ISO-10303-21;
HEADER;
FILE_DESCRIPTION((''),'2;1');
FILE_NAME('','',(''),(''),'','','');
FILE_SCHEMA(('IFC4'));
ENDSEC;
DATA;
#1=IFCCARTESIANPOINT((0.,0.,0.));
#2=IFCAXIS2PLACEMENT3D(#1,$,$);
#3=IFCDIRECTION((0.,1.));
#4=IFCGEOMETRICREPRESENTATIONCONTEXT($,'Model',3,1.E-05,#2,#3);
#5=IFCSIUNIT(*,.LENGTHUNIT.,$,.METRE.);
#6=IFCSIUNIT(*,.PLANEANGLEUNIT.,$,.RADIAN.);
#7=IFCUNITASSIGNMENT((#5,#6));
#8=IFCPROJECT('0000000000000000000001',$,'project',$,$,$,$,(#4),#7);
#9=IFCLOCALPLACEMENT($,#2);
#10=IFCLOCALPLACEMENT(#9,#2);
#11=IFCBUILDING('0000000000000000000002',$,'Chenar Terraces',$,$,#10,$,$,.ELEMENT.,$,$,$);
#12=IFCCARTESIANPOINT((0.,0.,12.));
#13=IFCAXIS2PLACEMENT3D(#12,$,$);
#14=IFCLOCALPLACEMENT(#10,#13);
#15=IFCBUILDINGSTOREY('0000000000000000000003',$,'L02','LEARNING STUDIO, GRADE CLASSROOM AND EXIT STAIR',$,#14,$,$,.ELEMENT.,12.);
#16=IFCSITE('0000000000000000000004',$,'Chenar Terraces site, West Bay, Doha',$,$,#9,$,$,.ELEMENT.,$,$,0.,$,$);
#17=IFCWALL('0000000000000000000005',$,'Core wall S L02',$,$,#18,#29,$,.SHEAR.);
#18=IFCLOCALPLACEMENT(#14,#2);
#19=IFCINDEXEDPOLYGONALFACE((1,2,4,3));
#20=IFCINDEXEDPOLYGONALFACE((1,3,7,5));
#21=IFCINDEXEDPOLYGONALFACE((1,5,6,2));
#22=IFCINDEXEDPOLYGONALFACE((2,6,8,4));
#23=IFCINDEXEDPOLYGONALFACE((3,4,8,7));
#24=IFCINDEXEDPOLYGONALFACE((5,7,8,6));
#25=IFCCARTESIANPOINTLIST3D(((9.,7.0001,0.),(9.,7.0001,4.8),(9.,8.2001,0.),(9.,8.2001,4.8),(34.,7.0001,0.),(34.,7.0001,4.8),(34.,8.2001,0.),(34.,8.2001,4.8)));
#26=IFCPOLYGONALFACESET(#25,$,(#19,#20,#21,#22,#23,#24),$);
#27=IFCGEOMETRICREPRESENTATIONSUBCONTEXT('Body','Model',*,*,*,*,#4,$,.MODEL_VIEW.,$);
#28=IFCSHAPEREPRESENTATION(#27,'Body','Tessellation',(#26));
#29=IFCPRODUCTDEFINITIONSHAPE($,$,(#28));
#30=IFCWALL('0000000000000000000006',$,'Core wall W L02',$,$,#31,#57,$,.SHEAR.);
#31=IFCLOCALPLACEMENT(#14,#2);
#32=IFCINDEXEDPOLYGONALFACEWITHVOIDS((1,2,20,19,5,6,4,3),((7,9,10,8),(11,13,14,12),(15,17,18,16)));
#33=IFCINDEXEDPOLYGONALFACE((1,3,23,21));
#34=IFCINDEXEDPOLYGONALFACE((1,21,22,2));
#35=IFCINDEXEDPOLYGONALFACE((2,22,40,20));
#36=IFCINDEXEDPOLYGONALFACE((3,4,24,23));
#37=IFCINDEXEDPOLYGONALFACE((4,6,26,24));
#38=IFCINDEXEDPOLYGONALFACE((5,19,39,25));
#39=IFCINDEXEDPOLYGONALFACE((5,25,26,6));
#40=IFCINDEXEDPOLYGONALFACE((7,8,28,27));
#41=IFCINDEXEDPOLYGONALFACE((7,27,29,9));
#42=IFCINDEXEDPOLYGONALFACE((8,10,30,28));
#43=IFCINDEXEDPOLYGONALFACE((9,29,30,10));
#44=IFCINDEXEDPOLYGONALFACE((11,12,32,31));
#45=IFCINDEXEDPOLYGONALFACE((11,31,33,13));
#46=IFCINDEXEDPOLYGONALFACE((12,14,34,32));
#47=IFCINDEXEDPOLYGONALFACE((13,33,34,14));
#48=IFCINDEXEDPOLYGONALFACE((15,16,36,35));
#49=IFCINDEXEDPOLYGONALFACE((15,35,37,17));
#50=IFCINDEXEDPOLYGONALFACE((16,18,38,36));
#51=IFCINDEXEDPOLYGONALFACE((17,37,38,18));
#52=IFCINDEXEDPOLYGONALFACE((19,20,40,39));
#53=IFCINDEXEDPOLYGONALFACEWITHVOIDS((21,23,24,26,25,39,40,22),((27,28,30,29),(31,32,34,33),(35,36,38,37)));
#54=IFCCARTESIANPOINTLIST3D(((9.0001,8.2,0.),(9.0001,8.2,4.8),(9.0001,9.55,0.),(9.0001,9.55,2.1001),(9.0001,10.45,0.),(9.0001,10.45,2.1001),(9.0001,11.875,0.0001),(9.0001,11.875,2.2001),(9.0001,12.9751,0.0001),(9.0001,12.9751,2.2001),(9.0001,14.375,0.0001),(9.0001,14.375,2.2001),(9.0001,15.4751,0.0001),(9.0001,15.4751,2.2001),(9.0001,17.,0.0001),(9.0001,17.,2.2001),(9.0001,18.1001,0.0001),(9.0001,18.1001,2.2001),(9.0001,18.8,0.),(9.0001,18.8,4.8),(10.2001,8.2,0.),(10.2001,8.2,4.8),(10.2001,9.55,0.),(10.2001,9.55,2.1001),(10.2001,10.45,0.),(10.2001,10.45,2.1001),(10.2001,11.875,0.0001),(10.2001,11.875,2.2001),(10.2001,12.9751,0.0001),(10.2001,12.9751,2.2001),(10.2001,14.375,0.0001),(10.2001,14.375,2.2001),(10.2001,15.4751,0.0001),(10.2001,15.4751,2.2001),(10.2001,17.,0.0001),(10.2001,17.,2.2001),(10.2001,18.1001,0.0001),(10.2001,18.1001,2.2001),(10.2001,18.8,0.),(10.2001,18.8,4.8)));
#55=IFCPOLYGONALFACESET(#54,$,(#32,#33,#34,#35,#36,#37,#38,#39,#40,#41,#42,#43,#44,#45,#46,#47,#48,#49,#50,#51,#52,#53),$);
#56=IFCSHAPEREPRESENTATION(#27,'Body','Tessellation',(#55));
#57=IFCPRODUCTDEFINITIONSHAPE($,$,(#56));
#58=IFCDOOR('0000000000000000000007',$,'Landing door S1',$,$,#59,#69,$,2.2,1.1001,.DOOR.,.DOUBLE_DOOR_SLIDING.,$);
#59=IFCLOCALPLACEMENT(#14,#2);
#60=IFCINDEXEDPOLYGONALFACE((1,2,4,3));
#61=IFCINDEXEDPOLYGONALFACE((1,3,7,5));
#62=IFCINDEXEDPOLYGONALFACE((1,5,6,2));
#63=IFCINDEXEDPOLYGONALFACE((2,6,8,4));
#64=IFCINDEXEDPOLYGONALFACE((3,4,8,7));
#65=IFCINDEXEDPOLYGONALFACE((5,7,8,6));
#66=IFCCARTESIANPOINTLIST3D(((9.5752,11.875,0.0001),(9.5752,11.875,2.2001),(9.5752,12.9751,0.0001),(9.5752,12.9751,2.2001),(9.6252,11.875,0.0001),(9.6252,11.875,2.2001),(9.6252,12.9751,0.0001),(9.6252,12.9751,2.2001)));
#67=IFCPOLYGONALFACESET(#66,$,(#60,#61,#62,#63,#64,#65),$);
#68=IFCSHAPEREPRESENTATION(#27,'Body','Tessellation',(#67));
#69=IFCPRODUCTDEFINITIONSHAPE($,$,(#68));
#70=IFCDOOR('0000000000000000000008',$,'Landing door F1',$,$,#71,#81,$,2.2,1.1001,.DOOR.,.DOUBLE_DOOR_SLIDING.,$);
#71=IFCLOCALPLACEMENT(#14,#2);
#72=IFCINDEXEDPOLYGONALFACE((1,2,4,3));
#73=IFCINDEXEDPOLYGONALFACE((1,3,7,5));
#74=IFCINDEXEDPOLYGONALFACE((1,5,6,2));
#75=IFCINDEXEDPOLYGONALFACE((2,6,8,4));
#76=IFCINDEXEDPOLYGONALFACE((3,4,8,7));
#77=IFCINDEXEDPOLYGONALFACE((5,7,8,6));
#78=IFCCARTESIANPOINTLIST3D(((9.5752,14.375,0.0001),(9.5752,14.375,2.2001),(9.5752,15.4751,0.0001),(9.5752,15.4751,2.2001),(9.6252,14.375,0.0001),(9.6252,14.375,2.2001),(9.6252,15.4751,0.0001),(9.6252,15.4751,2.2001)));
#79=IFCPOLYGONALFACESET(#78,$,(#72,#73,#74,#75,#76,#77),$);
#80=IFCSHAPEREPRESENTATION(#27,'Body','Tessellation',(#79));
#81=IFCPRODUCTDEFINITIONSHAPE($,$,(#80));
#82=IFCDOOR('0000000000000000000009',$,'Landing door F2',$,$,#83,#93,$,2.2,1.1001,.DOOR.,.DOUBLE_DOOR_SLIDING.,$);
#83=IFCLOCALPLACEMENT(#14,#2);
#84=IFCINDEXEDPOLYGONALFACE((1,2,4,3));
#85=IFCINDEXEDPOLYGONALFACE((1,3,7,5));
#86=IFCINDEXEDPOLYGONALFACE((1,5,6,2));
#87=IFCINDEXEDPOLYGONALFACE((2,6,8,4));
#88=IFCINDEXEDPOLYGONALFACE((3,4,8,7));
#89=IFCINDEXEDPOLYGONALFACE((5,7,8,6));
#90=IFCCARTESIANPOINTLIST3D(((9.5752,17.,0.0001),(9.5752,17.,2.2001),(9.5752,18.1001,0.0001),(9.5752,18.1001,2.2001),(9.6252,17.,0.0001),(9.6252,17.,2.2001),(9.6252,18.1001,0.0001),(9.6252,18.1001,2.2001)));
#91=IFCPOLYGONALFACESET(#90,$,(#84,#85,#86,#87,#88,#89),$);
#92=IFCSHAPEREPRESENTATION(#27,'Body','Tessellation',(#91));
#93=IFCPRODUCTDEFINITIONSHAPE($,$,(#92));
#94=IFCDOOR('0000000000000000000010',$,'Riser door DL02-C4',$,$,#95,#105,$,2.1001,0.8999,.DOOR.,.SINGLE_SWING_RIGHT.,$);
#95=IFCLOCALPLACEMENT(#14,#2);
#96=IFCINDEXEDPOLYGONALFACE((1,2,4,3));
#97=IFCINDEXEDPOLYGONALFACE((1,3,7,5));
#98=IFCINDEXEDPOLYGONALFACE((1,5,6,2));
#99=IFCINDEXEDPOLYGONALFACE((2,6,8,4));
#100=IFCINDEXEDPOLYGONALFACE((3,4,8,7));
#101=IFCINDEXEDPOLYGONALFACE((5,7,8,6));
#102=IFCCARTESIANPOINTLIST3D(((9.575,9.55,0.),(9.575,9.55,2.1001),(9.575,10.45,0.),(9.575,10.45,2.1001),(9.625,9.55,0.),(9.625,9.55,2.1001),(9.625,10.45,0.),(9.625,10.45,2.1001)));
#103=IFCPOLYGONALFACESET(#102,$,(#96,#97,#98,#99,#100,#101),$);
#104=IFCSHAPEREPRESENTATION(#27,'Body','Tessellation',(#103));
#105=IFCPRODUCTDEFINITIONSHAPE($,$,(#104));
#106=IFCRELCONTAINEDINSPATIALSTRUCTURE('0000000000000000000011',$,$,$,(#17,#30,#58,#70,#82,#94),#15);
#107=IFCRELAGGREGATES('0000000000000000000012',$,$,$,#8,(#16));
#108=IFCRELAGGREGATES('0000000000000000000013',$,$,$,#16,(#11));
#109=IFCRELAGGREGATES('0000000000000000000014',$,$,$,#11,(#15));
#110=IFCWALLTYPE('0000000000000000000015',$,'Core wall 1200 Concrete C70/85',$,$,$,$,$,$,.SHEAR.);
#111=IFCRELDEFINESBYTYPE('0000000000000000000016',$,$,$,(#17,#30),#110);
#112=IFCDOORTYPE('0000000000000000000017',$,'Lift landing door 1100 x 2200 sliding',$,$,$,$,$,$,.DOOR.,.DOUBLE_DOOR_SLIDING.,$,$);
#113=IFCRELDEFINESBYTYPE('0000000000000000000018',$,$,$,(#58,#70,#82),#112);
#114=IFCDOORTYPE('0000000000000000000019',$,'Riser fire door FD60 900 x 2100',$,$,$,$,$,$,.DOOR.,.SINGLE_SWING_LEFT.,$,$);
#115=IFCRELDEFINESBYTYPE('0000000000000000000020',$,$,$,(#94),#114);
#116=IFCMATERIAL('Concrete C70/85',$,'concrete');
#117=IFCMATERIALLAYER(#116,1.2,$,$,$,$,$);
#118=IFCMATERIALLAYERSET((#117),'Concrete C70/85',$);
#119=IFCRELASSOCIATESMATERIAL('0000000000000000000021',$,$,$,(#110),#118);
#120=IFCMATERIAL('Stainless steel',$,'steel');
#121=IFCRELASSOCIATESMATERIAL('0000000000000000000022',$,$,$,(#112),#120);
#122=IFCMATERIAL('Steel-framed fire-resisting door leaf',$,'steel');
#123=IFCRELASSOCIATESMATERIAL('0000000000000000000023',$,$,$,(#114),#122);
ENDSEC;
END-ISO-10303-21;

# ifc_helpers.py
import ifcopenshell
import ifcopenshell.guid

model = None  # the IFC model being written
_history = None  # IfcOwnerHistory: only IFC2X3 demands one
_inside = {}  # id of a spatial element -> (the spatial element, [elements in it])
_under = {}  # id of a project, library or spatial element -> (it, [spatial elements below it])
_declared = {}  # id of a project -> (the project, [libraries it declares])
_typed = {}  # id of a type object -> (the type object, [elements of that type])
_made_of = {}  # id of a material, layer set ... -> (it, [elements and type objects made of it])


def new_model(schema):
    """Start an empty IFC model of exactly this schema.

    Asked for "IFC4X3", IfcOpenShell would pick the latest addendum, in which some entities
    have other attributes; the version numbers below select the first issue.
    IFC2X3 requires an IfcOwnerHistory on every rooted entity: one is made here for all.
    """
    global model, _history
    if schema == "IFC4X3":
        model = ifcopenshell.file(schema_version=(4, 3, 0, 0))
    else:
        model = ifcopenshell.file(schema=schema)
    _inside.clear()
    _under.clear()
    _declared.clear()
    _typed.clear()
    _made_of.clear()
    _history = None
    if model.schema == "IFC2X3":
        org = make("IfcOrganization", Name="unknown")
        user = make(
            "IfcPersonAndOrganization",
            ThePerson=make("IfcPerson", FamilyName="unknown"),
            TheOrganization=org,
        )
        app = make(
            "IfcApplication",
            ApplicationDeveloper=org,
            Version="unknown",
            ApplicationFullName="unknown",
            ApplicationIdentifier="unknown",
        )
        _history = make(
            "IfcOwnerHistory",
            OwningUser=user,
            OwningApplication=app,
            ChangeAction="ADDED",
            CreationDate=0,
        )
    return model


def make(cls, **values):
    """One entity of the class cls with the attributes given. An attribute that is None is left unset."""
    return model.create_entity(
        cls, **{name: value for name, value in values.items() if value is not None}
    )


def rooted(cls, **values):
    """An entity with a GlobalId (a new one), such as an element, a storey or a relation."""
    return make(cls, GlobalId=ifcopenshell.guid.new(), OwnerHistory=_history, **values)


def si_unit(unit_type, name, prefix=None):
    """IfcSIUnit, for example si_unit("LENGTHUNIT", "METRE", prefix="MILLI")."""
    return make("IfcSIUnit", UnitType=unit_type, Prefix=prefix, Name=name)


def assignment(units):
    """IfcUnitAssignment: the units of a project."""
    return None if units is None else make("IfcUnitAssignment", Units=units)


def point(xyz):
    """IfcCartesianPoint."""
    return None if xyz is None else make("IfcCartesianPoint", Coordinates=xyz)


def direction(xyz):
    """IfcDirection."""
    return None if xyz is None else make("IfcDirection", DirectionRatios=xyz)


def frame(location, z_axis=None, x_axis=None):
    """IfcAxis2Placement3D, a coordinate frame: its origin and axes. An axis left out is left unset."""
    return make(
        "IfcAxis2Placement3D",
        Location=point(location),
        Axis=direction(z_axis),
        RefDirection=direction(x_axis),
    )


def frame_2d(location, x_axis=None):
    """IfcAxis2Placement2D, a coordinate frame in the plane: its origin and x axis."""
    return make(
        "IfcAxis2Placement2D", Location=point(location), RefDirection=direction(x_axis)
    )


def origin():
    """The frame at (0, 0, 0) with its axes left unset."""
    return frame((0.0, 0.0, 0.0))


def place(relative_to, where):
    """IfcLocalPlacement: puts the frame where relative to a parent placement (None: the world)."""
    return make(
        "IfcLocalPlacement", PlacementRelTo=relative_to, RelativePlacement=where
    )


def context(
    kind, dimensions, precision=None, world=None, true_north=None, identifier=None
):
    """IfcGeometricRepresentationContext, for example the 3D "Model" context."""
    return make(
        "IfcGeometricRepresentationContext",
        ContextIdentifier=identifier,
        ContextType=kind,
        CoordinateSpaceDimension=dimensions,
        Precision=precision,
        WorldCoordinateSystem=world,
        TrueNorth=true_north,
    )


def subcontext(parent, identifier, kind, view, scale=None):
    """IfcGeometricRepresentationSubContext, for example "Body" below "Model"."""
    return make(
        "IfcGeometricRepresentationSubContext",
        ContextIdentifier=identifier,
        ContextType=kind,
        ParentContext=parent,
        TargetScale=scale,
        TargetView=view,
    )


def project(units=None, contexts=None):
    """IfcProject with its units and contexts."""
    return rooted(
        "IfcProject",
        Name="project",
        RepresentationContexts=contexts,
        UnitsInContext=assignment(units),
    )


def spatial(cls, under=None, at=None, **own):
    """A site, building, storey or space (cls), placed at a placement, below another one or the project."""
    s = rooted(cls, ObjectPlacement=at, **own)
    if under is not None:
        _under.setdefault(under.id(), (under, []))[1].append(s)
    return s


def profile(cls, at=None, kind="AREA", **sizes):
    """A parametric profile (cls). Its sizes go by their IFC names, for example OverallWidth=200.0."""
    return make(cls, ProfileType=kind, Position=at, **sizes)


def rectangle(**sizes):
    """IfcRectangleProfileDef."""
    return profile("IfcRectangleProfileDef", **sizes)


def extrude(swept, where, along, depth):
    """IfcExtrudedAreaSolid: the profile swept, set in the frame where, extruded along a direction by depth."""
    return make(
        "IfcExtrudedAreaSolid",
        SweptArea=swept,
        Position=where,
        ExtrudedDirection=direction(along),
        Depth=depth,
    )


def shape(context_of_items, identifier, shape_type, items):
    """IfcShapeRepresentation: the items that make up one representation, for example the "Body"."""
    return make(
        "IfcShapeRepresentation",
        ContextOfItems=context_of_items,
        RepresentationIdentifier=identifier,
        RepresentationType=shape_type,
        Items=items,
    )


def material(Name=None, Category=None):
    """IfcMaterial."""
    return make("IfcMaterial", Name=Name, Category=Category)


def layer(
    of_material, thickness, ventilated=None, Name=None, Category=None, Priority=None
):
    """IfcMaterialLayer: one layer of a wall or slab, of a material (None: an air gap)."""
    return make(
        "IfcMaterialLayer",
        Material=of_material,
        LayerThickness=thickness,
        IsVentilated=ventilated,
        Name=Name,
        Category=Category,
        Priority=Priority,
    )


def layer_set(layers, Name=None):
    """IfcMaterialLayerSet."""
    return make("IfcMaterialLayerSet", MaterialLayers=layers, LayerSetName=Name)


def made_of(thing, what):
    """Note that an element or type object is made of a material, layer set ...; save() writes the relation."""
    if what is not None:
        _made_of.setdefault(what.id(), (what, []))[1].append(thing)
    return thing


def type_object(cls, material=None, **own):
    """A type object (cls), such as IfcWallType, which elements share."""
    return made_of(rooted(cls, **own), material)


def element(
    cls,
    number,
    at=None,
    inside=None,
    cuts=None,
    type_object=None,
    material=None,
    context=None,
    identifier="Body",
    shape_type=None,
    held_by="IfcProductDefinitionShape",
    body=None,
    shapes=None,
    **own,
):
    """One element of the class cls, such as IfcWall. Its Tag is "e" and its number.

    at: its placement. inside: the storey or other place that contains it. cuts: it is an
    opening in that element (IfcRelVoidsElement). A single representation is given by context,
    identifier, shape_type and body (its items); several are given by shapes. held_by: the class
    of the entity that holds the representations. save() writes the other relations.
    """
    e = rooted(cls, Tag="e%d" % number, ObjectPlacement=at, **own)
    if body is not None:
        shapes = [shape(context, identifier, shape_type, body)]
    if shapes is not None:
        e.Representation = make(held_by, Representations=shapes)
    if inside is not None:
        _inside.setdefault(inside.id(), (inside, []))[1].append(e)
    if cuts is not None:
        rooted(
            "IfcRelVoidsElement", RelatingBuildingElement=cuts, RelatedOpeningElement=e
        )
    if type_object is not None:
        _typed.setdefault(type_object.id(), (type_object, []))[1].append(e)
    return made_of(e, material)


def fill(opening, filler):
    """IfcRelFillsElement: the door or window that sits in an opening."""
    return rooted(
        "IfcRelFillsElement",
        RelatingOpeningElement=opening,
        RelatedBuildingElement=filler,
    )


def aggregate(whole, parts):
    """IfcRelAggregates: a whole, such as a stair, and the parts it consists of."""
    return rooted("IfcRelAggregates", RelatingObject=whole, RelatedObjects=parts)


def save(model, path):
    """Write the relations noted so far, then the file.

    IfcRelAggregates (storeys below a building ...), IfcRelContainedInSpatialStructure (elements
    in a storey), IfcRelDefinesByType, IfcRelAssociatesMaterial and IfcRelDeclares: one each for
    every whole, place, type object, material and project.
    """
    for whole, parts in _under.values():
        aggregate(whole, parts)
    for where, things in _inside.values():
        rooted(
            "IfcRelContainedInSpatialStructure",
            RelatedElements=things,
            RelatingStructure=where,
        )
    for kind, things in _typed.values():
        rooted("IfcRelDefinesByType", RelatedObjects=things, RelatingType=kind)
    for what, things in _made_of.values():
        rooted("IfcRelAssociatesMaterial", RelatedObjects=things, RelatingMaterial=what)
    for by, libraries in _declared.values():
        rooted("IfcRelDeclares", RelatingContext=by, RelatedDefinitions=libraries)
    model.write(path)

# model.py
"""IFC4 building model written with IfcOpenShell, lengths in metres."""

from ifc_helpers import new_model, si_unit, direction, frame, frame_2d, origin, place, context, subcontext, project, spatial, rectangle, extrude, material, layer, layer_set, type_object, element, fill, save


model = new_model("IFC4")

# Units and contexts
model_context = context("Model", 3, precision=1e-05, world=origin(), true_north=direction((0.0, 1.0)))
body_context = subcontext(model_context, "Body", "Model", "MODEL_VIEW")
ifc_project = project(units=[si_unit("LENGTHUNIT", "METRE"), si_unit("PLANEANGLEUNIT", "RADIAN")], contexts=[model_context])

# Site, building, storey
site_placement = place(None, origin())
site = spatial("IfcSite", under=ifc_project, at=site_placement, Name="Chenar Terraces site, West Bay, Doha", CompositionType="ELEMENT", RefElevation=0.0)
building_placement = place(site_placement, origin())
building = spatial("IfcBuilding", under=site, at=building_placement, Name="Chenar Terraces", CompositionType="ELEMENT")
storey_placement = place(building_placement, frame((0.0, 0.0, 12.0)))
storey = spatial("IfcBuildingStorey", under=building, at=storey_placement, Name="L02", Description="LEARNING STUDIO, GRADE CLASSROOM AND EXIT STAIR", CompositionType="ELEMENT", Elevation=12.0)

# Wall
ifc_material_1 = material(Name="Concrete C70/85", Category="concrete")
ifc_layer_1 = layer(ifc_material_1, 1.2)
ifc_layer_set_1 = layer_set([ifc_layer_1], Name="Concrete C70/85")
wall_type_1 = type_object("IfcWallType", Name="Core wall 1200 Concrete C70/85", PredefinedType="SHEAR", material=ifc_layer_set_1)
wall_1_placement = place(storey_placement, frame((9.0, 7.6001, 0.0), z_axis=(0.0, 0.0, 1.0), x_axis=(1.0, 0.0, 0.0)))
element("IfcWall", 1, at=wall_1_placement, inside=storey, type_object=wall_type_1, Name="Core wall S L02", PredefinedType="SHEAR", context=body_context, shape_type="SweptSolid", body=[
    extrude(rectangle(XDim=25.0, YDim=1.2, at=frame_2d((12.5, 0.0))), origin(), (0.0, 0.0, 1.0), 4.8),
])

# Wall, openings, doors
wall_2_placement = place(storey_placement, frame((9.6001, 8.2, 0.0), z_axis=(0.0, 0.0, 1.0), x_axis=(0.0, 1.0, 0.0)))
wall_2 = element("IfcWall", 2, at=wall_2_placement, inside=storey, type_object=wall_type_1, Name="Core wall W L02", PredefinedType="SHEAR", context=body_context, shape_type="SweptSolid", body=[
    extrude(rectangle(XDim=10.6001, YDim=1.2, at=frame_2d((5.3, 0.0))), origin(), (0.0, 0.0, 1.0), 4.8),
])
opening_1_placement = place(wall_2_placement, frame((3.675, 0.0, 0.0)))
opening_1 = element("IfcOpeningElement", 3, at=opening_1_placement, cuts=wall_2, PredefinedType="OPENING", context=body_context, shape_type="SweptSolid", body=[
    extrude(rectangle(XDim=1.1001, YDim=2.2, at=frame_2d((0.55, 1.1001))), frame((0.0, 0.6099, 0.0), z_axis=(0.0, -1.0, 0.0), x_axis=(1.0, 0.0, 0.0)), (0.0, 0.0, 1.0), 1.22),
])
opening_2_placement = place(wall_2_placement, frame((6.175, 0.0, 0.0)))
opening_2 = element("IfcOpeningElement", 4, at=opening_2_placement, cuts=wall_2, PredefinedType="OPENING", context=body_context, shape_type="SweptSolid", body=[
    extrude(rectangle(XDim=1.1001, YDim=2.2, at=frame_2d((0.55, 1.1001))), frame((0.0, 0.6099, 0.0), z_axis=(0.0, -1.0, 0.0), x_axis=(1.0, 0.0, 0.0)), (0.0, 0.0, 1.0), 1.22),
])
opening_3_placement = place(wall_2_placement, frame((8.8, 0.0, 0.0)))
opening_3 = element("IfcOpeningElement", 5, at=opening_3_placement, cuts=wall_2, PredefinedType="OPENING", context=body_context, shape_type="SweptSolid", body=[
    extrude(rectangle(XDim=1.1001, YDim=2.2, at=frame_2d((0.55, 1.1001))), frame((0.0, 0.6099, 0.0), z_axis=(0.0, -1.0, 0.0), x_axis=(1.0, 0.0, 0.0)), (0.0, 0.0, 1.0), 1.22),
])
opening_4_placement = place(wall_2_placement, frame((1.3501, 0.0, 0.0)))
opening_4 = element("IfcOpeningElement", 6, at=opening_4_placement, cuts=wall_2, PredefinedType="OPENING", context=body_context, shape_type="SweptSolid", body=[
    extrude(rectangle(XDim=0.8999, YDim=2.1001, at=frame_2d((0.45, 1.05))), frame((0.0, 0.6099, 0.0), z_axis=(0.0, -1.0, 0.0), x_axis=(1.0, 0.0, 0.0)), (0.0, 0.0, 1.0), 1.22),
])
ifc_material_2 = material(Name="Stainless steel", Category="steel")
door_type_1 = type_object("IfcDoorType", Name="Lift landing door 1100 x 2200 sliding", OperationType="DOUBLE_DOOR_SLIDING", PredefinedType="DOOR", material=ifc_material_2)
door_1_placement = place(opening_1_placement, origin())
door_1 = element("IfcDoor", 7, at=door_1_placement, inside=storey, type_object=door_type_1, Name="Landing door S1", OperationType="DOUBLE_DOOR_SLIDING", OverallHeight=2.2, OverallWidth=1.1001, PredefinedType="DOOR", context=body_context, shape_type="SweptSolid", body=[
    extrude(rectangle(XDim=1.1001, YDim=2.2, at=frame_2d((0.55, 1.1001))), frame((0.0, 0.0249, 0.0), z_axis=(0.0, -1.0, 0.0), x_axis=(1.0, 0.0, 0.0)), (0.0, 0.0, 1.0), 0.05),
])
fill(opening_1, door_1)
door_2_placement = place(opening_2_placement, origin())
door_2 = element("IfcDoor", 8, at=door_2_placement, inside=storey, type_object=door_type_1, Name="Landing door F1", OperationType="DOUBLE_DOOR_SLIDING", OverallHeight=2.2, OverallWidth=1.1001, PredefinedType="DOOR", context=body_context, shape_type="SweptSolid", body=[
    extrude(rectangle(XDim=1.1001, YDim=2.2, at=frame_2d((0.55, 1.1001))), frame((0.0, 0.0249, 0.0), z_axis=(0.0, -1.0, 0.0), x_axis=(1.0, 0.0, 0.0)), (0.0, 0.0, 1.0), 0.05),
])
fill(opening_2, door_2)
door_3_placement = place(opening_3_placement, origin())
door_3 = element("IfcDoor", 9, at=door_3_placement, inside=storey, type_object=door_type_1, Name="Landing door F2", OperationType="DOUBLE_DOOR_SLIDING", OverallHeight=2.2, OverallWidth=1.1001, PredefinedType="DOOR", context=body_context, shape_type="SweptSolid", body=[
    extrude(rectangle(XDim=1.1001, YDim=2.2, at=frame_2d((0.55, 1.1001))), frame((0.0, 0.0249, 0.0), z_axis=(0.0, -1.0, 0.0), x_axis=(1.0, 0.0, 0.0)), (0.0, 0.0, 1.0), 0.05),
])
fill(opening_3, door_3)
ifc_material_3 = material(Name="Steel-framed fire-resisting door leaf", Category="steel")
door_type_2 = type_object("IfcDoorType", Name="Riser fire door FD60 900 x 2100", OperationType="SINGLE_SWING_LEFT", PredefinedType="DOOR", material=ifc_material_3)
door_4_placement = place(opening_4_placement, frame((0.8999, 0.0, 0.0), z_axis=(0.0, 0.0, 1.0), x_axis=(-1.0, 0.0, 0.0)))
door_4 = element("IfcDoor", 10, at=door_4_placement, inside=storey, type_object=door_type_2, Name="Riser door DL02-C4", OperationType="SINGLE_SWING_RIGHT", OverallHeight=2.1001, OverallWidth=0.8999, PredefinedType="DOOR", context=body_context, shape_type="SweptSolid", body=[
    extrude(rectangle(XDim=0.8999, YDim=2.1001, at=frame_2d((0.45, 1.05))), frame((0.0, 0.0249, 0.0), z_axis=(0.0, -1.0, 0.0), x_axis=(1.0, 0.0, 0.0)), (0.0, 0.0, 1.0), 0.05),
])
fill(opening_4, door_4)

save(model, "model.ifc")
